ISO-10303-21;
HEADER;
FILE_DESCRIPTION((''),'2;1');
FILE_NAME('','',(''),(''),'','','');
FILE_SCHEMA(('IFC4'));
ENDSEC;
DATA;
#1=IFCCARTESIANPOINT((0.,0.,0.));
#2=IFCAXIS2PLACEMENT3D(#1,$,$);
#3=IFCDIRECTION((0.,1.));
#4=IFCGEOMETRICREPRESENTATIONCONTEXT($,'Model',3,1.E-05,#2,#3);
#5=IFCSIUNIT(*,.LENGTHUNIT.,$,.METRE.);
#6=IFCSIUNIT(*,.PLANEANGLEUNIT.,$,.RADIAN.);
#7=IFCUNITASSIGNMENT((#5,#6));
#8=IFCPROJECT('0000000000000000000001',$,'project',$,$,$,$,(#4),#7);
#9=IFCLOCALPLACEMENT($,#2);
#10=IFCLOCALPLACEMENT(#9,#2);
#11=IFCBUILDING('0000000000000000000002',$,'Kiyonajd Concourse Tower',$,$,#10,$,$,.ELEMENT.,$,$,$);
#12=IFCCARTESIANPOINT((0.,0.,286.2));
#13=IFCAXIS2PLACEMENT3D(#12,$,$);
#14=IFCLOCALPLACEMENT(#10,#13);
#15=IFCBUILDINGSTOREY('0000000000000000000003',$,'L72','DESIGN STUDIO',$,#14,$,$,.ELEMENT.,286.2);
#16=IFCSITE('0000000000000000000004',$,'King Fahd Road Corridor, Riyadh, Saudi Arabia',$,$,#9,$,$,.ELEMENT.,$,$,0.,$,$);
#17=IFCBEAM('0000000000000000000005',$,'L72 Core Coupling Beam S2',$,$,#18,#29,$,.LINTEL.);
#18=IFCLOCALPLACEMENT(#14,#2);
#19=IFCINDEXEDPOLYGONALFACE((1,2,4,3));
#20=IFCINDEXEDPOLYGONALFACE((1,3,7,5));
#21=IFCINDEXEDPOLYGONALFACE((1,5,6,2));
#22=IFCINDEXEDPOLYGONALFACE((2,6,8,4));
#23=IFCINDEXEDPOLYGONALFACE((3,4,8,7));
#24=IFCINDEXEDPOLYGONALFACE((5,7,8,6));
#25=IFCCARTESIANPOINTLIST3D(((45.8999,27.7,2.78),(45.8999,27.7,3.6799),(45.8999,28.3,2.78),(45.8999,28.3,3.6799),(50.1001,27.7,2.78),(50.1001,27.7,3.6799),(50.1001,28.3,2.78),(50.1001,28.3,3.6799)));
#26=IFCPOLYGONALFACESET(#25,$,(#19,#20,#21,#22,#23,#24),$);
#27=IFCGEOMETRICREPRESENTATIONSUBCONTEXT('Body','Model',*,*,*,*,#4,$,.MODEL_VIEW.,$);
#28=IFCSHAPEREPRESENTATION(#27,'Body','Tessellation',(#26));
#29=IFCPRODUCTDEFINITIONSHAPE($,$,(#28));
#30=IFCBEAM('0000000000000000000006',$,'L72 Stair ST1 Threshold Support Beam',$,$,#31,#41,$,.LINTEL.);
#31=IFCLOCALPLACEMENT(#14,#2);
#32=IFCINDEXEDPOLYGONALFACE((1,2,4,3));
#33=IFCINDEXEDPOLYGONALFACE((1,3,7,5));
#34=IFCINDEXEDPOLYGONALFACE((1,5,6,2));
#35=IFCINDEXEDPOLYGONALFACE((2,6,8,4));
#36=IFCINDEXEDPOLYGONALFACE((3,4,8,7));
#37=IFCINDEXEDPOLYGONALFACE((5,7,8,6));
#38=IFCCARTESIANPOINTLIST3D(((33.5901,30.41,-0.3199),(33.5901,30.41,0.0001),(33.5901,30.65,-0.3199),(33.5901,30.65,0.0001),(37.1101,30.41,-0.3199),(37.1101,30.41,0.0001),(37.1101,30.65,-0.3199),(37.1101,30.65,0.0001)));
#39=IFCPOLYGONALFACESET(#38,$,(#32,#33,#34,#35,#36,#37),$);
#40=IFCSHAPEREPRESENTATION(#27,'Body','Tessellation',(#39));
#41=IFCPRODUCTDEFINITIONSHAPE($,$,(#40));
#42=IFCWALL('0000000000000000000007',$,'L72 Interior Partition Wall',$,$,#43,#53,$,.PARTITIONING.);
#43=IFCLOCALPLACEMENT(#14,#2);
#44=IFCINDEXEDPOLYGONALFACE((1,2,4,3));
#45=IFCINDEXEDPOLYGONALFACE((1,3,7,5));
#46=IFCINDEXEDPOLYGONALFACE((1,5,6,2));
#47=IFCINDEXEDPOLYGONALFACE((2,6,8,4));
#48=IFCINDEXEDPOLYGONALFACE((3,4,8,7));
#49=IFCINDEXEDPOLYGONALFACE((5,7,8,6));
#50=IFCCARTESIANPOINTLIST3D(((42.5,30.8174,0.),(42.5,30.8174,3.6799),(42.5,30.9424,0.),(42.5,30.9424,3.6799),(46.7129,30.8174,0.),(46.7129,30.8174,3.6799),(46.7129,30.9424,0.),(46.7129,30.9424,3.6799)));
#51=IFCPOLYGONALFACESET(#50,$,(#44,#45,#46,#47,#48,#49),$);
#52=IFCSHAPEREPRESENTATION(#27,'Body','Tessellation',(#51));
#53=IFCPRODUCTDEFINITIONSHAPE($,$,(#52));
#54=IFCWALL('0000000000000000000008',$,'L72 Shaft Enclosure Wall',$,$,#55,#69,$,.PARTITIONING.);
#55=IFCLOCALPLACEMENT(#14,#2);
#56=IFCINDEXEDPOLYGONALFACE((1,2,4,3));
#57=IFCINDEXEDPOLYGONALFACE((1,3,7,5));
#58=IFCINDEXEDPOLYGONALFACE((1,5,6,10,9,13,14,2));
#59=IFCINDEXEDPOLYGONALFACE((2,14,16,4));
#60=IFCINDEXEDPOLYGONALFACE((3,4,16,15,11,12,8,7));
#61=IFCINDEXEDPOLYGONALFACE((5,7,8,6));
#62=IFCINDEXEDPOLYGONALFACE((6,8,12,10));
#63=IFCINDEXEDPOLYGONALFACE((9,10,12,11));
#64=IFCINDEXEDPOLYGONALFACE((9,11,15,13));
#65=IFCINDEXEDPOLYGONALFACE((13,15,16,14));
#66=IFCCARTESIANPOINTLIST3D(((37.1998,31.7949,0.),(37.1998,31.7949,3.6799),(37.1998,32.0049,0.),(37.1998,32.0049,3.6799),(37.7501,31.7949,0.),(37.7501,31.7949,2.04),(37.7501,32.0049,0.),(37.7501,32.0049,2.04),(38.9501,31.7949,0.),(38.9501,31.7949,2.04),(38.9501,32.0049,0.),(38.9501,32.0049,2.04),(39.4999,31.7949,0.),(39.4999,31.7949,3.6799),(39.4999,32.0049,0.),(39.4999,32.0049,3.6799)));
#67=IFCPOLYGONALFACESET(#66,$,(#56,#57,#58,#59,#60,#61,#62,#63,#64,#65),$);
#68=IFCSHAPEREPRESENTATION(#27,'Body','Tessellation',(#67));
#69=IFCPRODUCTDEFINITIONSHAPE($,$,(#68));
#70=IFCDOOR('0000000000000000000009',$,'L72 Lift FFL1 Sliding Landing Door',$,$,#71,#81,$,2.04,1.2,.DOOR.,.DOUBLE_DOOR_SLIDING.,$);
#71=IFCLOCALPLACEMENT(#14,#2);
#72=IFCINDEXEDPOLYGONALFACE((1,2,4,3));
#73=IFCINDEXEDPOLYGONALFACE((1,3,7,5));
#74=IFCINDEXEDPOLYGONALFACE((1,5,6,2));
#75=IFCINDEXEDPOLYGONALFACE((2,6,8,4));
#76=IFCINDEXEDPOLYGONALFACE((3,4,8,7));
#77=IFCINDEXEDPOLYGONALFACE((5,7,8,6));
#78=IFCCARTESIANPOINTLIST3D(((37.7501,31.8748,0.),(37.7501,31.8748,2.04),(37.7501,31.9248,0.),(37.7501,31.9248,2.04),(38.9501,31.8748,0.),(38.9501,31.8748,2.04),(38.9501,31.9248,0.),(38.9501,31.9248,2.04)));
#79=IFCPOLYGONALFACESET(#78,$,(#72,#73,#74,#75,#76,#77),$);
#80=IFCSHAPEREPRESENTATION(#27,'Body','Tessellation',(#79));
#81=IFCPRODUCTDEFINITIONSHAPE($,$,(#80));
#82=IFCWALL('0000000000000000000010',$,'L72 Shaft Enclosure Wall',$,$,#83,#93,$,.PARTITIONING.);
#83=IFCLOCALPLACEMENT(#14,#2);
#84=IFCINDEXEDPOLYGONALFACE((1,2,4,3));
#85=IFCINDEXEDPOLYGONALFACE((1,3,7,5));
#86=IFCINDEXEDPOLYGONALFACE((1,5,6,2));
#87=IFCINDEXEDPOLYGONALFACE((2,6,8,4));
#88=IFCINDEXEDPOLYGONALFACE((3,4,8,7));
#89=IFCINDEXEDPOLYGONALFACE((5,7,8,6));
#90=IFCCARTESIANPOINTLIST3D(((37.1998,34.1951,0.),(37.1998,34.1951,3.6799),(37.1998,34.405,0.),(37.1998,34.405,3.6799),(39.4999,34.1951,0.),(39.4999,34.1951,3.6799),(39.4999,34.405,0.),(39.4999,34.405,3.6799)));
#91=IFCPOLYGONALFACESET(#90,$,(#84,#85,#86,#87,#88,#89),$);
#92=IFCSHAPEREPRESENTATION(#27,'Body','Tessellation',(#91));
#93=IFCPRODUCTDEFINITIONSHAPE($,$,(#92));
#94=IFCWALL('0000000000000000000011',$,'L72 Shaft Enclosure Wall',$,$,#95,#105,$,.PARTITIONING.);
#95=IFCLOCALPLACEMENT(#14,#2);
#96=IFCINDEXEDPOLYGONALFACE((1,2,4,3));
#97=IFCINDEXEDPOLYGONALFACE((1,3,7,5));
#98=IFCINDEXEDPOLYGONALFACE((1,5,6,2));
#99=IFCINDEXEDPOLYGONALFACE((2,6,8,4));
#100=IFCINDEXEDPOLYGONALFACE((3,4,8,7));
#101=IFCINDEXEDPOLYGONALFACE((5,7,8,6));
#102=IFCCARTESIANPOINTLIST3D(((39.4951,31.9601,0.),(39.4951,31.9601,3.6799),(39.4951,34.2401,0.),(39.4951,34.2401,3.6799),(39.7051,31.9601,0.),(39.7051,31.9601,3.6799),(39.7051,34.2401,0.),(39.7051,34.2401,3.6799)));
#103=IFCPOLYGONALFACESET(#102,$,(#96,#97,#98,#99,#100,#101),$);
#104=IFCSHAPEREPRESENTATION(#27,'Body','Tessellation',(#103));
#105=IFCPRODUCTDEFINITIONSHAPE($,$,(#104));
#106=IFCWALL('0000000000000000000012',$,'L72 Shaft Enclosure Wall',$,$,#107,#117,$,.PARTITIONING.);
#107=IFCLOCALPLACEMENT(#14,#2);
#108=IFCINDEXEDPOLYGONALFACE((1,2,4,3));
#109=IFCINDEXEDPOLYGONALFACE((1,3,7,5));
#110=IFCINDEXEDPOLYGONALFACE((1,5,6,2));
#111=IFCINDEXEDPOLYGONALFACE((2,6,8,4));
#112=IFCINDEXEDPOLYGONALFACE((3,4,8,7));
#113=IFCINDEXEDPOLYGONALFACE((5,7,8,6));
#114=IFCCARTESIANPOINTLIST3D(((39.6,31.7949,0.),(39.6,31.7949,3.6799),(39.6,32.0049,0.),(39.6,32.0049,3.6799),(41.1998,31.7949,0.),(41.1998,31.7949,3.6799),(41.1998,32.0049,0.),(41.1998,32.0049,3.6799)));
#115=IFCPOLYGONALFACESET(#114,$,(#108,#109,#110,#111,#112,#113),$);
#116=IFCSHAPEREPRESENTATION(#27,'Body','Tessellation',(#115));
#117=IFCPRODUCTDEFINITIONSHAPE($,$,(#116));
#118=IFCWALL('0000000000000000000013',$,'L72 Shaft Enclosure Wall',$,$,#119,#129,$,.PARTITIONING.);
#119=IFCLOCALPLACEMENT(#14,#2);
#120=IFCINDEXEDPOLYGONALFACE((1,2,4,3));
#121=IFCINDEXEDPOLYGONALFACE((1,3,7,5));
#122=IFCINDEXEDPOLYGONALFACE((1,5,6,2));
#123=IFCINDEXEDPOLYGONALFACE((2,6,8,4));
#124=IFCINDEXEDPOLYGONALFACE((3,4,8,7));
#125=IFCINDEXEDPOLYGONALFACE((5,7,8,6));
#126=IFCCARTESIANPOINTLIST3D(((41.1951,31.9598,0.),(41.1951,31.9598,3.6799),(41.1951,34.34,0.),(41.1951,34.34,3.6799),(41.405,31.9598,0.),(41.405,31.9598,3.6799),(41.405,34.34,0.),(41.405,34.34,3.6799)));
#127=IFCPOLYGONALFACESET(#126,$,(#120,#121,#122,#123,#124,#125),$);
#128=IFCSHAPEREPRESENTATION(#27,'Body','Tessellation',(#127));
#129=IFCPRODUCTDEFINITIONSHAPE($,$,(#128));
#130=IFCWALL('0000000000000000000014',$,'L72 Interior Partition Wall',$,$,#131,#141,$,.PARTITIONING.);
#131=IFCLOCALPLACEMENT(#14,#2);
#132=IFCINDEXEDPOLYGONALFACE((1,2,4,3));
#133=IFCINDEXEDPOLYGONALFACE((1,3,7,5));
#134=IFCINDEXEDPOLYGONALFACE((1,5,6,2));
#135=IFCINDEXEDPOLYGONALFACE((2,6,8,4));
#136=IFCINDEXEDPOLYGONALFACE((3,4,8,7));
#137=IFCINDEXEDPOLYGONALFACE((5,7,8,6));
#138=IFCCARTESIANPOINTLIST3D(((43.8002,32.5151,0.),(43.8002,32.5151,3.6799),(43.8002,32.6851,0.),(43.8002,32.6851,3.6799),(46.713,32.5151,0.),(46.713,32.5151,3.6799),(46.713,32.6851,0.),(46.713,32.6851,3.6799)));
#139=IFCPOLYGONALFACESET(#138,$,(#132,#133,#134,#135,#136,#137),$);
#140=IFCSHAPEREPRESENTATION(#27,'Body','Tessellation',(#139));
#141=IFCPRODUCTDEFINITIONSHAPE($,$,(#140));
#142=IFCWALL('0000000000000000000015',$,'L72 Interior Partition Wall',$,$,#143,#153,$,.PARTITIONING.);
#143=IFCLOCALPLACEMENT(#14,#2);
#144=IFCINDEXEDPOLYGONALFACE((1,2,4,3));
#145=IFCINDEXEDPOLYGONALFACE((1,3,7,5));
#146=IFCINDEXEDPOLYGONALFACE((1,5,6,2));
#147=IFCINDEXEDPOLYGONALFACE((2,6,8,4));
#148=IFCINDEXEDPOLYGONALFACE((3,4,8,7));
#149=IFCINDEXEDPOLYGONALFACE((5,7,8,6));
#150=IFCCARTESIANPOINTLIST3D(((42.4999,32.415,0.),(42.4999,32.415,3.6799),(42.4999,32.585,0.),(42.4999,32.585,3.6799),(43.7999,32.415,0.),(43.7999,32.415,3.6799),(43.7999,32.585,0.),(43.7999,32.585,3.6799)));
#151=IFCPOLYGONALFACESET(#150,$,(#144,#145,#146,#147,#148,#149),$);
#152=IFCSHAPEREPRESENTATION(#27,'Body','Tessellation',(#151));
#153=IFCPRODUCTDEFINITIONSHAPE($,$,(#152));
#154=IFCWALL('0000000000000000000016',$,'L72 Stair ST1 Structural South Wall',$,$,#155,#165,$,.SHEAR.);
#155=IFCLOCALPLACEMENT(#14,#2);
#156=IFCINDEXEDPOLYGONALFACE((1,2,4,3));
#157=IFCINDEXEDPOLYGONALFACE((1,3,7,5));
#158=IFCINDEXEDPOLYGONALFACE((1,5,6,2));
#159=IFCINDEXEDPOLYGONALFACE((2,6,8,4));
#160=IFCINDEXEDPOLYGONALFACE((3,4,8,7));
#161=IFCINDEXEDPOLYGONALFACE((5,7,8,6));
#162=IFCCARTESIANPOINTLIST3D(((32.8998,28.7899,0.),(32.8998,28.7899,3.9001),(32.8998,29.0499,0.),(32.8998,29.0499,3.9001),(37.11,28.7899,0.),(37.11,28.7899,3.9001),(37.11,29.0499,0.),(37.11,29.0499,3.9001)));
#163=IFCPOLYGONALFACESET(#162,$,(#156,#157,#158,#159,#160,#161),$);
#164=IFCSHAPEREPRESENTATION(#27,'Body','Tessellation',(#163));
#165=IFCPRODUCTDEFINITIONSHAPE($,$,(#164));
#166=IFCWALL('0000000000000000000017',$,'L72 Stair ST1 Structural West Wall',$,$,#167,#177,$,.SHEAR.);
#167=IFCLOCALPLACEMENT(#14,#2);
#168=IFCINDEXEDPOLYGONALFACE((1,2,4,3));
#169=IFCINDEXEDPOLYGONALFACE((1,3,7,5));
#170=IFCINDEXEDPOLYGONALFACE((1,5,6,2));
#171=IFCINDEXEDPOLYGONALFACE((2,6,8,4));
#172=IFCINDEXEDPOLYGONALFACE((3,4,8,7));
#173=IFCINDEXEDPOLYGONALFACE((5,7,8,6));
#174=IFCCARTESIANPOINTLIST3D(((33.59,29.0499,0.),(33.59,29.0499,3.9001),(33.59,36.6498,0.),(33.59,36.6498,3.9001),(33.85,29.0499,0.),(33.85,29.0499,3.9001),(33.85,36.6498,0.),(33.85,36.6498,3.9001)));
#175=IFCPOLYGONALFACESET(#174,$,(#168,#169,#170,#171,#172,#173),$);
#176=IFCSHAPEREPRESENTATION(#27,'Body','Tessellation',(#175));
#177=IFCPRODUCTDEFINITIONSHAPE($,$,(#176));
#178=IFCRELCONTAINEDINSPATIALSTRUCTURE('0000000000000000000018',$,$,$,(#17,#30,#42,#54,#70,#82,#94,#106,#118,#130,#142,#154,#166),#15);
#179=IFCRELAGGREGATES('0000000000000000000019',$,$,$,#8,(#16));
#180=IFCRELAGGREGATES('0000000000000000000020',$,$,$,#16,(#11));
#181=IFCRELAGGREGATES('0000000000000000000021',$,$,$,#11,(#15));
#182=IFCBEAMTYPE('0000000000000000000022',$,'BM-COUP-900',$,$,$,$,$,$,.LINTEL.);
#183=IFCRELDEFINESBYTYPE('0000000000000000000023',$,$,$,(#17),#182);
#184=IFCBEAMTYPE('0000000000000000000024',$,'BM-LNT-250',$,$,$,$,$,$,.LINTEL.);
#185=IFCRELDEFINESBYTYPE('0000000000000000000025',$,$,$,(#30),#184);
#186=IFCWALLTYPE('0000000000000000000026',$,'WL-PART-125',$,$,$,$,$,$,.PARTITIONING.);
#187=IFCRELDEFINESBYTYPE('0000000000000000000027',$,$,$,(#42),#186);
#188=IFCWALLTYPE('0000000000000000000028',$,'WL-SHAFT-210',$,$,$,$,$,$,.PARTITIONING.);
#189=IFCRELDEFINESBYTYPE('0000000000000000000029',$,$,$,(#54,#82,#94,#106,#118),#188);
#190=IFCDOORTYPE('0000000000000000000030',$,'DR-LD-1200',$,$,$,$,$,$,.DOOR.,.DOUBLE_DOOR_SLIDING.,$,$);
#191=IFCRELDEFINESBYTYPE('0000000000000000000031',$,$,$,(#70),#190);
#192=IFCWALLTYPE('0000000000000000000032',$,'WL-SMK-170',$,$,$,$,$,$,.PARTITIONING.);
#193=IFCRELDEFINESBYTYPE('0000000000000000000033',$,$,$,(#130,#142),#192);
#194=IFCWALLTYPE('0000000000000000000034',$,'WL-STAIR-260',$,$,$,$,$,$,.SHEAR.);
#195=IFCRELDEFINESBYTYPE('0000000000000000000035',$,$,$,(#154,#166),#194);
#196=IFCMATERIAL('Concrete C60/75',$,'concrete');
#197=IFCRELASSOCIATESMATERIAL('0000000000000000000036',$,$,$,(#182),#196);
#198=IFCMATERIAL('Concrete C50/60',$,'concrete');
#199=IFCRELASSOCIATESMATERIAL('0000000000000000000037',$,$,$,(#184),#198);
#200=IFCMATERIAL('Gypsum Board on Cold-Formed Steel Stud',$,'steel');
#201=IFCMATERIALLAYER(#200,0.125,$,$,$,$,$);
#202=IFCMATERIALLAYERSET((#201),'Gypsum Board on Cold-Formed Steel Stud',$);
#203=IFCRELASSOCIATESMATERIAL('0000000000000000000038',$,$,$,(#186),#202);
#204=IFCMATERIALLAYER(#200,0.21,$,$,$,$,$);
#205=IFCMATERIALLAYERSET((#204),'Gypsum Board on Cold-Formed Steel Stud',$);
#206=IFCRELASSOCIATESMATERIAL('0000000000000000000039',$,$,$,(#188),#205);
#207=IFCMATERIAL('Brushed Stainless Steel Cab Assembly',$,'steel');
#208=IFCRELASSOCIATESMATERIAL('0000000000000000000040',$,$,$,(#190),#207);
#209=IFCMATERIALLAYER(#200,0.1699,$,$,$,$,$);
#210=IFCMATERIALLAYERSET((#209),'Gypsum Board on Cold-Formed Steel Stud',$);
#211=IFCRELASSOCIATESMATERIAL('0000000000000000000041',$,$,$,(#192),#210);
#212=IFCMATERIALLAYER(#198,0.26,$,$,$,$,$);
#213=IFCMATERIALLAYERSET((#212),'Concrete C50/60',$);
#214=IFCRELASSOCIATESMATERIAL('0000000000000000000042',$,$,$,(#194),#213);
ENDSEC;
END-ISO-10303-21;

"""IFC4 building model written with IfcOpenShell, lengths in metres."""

from ifc_helpers import new_model, si_unit, direction, frame, frame_2d, origin, origin_2d, place, context, subcontext, project, spatial, rectangle, extrude, material, layer, layer_set, material_profile, profile_set, type_object, element, fill, save


model = new_model("IFC4")

# Units and contexts
model_context = context("Model", 3, precision=1e-05, world=origin(), true_north=direction((0.0, 1.0)))
body_context = subcontext(model_context, "Body", "Model", "MODEL_VIEW")
ifc_project = project(units=[si_unit("LENGTHUNIT", "METRE"), si_unit("PLANEANGLEUNIT", "RADIAN")], contexts=[model_context])

# Site, building, storey
site_placement = place(None, origin())
site = spatial("IfcSite", under=ifc_project, at=site_placement, Name="King Fahd Road Corridor, Riyadh, Saudi Arabia", CompositionType="ELEMENT", RefElevation=0.0)
building_placement = place(site_placement, origin())
building = spatial("IfcBuilding", under=site, at=building_placement, Name="Kiyonajd Concourse Tower", CompositionType="ELEMENT")
storey_placement = place(building_placement, frame((0.0, 0.0, 286.2)))
storey = spatial("IfcBuildingStorey", under=building, at=storey_placement, Name="L72", Description="DESIGN STUDIO", CompositionType="ELEMENT", Elevation=286.2)

# Beams
ifc_material_1 = material(Name="Concrete C60/75", Category="concrete")
ifc_material_profile_1 = material_profile(ifc_material_1, rectangle(XDim=0.6001, YDim=0.8999, at=origin_2d()), Name="RCBM-600x900")
ifc_profile_set_1 = profile_set([ifc_material_profile_1], Name="Concrete C60/75")
beam_type_1 = type_object("IfcBeamType", Name="BM-COUP-900", PredefinedType="LINTEL", material=ifc_profile_set_1)
beam_1_placement = place(storey_placement, frame((45.8999, 28.0, 3.23), z_axis=(1.0, 0.0, 0.0), x_axis=(0.0, 1.0, 0.0)))
element("IfcBeam", 1, at=beam_1_placement, inside=storey, type_object=beam_type_1, Name="L72 Core Coupling Beam S2", PredefinedType="LINTEL", context=body_context, shape_type="SweptSolid", body=[
    extrude(rectangle(XDim=0.6001, YDim=0.8999, at=origin_2d()), origin(), (0.0, 0.0, 1.0), 4.2002),
])
ifc_material_2 = material(Name="Concrete C50/60", Category="concrete")
ifc_material_profile_2 = material_profile(ifc_material_2, rectangle(XDim=0.24, YDim=0.3201, at=origin_2d()), Name="RCBM-240x320")
ifc_profile_set_2 = profile_set([ifc_material_profile_2], Name="Concrete C50/60")
beam_type_2 = type_object("IfcBeamType", Name="BM-LNT-250", PredefinedType="LINTEL", material=ifc_profile_set_2)
beam_2_placement = place(storey_placement, frame((33.5901, 30.53, -0.1599), z_axis=(1.0, 0.0, 0.0), x_axis=(0.0, 1.0, 0.0)))
element("IfcBeam", 2, at=beam_2_placement, inside=storey, type_object=beam_type_2, Name="L72 Stair ST1 Threshold Support Beam", PredefinedType="LINTEL", context=body_context, shape_type="SweptSolid", body=[
    extrude(rectangle(XDim=0.24, YDim=0.3201, at=origin_2d()), origin(), (0.0, 0.0, 1.0), 3.52),
])

# Wall
ifc_material_3 = material(Name="Gypsum Board on Cold-Formed Steel Stud", Category="steel")
ifc_layer_1 = layer(ifc_material_3, 0.125)
ifc_layer_set_1 = layer_set([ifc_layer_1], Name="Gypsum Board on Cold-Formed Steel Stud")
wall_type_1 = type_object("IfcWallType", Name="WL-PART-125", PredefinedType="PARTITIONING", material=ifc_layer_set_1)
wall_1_placement = place(storey_placement, frame((42.5, 30.8799, 0.0), z_axis=(0.0, 0.0, 1.0), x_axis=(1.0, 0.0, 0.0)))
element("IfcWall", 3, at=wall_1_placement, inside=storey, type_object=wall_type_1, Name="L72 Interior Partition Wall", PredefinedType="PARTITIONING", context=body_context, shape_type="SweptSolid", body=[
    extrude(rectangle(XDim=4.2129, YDim=0.125, at=frame_2d((2.1064, 0.0))), origin(), (0.0, 0.0, 1.0), 3.6799),
])

# Wall, opening, door
ifc_layer_2 = layer(ifc_material_3, 0.21)
ifc_layer_set_2 = layer_set([ifc_layer_2], Name="Gypsum Board on Cold-Formed Steel Stud")
wall_type_2 = type_object("IfcWallType", Name="WL-SHAFT-210", PredefinedType="PARTITIONING", material=ifc_layer_set_2)
wall_2_placement = place(storey_placement, frame((37.2, 31.8999, 0.0), z_axis=(0.0, 0.0, 1.0), x_axis=(1.0, 0.0, 0.0)))
wall_2 = element("IfcWall", 4, at=wall_2_placement, inside=storey, type_object=wall_type_2, Name="L72 Shaft Enclosure Wall", PredefinedType="PARTITIONING", context=body_context, shape_type="SweptSolid", body=[
    extrude(rectangle(XDim=2.3, YDim=0.21, at=frame_2d((1.1499, 0.0))), origin(), (0.0, 0.0, 1.0), 3.6799),
])
opening_1_placement = place(wall_2_placement, frame((0.55, 0.0, 0.0)))
opening_1 = element("IfcOpeningElement", 5, at=opening_1_placement, cuts=wall_2, PredefinedType="OPENING", context=body_context, shape_type="SweptSolid", body=[
    extrude(rectangle(XDim=1.2, YDim=2.04, at=frame_2d((0.6001, 1.02))), frame((0.0, 0.115, 0.0), z_axis=(0.0, -1.0, 0.0), x_axis=(1.0, 0.0, 0.0)), (0.0, 0.0, 1.0), 0.23),
])
ifc_material_4 = material(Name="Brushed Stainless Steel Cab Assembly", Category="steel")
door_type_1 = type_object("IfcDoorType", Name="DR-LD-1200", OperationType="DOUBLE_DOOR_SLIDING", PredefinedType="DOOR", material=ifc_material_4)
door_1_placement = place(opening_1_placement, origin())
door_1 = element("IfcDoor", 6, at=door_1_placement, inside=storey, type_object=door_type_1, Name="L72 Lift FFL1 Sliding Landing Door", OperationType="DOUBLE_DOOR_SLIDING", OverallHeight=2.04, OverallWidth=1.2, PredefinedType="DOOR", context=body_context, shape_type="SweptSolid", body=[
    extrude(rectangle(XDim=1.2, YDim=2.04, at=frame_2d((0.6001, 1.02))), frame((0.0, 0.0249, 0.0), z_axis=(0.0, -1.0, 0.0), x_axis=(1.0, 0.0, 0.0)), (0.0, 0.0, 1.0), 0.05),
])
fill(opening_1, door_1)

# Walls
wall_3_placement = place(storey_placement, frame((37.2, 34.3, 0.0), z_axis=(0.0, 0.0, 1.0), x_axis=(1.0, 0.0, 0.0)))
element("IfcWall", 7, at=wall_3_placement, inside=storey, type_object=wall_type_2, Name="L72 Shaft Enclosure Wall", PredefinedType="PARTITIONING", context=body_context, shape_type="SweptSolid", body=[
    extrude(rectangle(XDim=2.3, YDim=0.21, at=frame_2d((1.1499, 0.0))), origin(), (0.0, 0.0, 1.0), 3.6799),
])
wall_4_placement = place(storey_placement, frame((39.6001, 31.96, 0.0), z_axis=(0.0, 0.0, 1.0), x_axis=(0.0, 1.0, 0.0)))
element("IfcWall", 8, at=wall_4_placement, inside=storey, type_object=wall_type_2, Name="L72 Shaft Enclosure Wall", PredefinedType="PARTITIONING", context=body_context, shape_type="SweptSolid", body=[
    extrude(rectangle(XDim=2.28, YDim=0.21, at=frame_2d((1.1401, 0.0))), origin(), (0.0, 0.0, 1.0), 3.6799),
])
wall_5_placement = place(storey_placement, frame((39.6001, 31.8999, 0.0), z_axis=(0.0, 0.0, 1.0), x_axis=(1.0, 0.0, 0.0)))
element("IfcWall", 9, at=wall_5_placement, inside=storey, type_object=wall_type_2, Name="L72 Shaft Enclosure Wall", PredefinedType="PARTITIONING", context=body_context, shape_type="SweptSolid", body=[
    extrude(rectangle(XDim=1.5999, YDim=0.21, at=frame_2d((0.7998, 0.0))), origin(), (0.0, 0.0, 1.0), 3.6799),
])
wall_6_placement = place(storey_placement, frame((41.3, 31.96, 0.0), z_axis=(0.0, 0.0, 1.0), x_axis=(0.0, 1.0, 0.0)))
element("IfcWall", 10, at=wall_6_placement, inside=storey, type_object=wall_type_2, Name="L72 Shaft Enclosure Wall", PredefinedType="PARTITIONING", context=body_context, shape_type="SweptSolid", body=[
    extrude(rectangle(XDim=2.3801, YDim=0.21, at=frame_2d((1.1899, 0.0))), origin(), (0.0, 0.0, 1.0), 3.6799),
])
ifc_layer_3 = layer(ifc_material_3, 0.1699)
ifc_layer_set_3 = layer_set([ifc_layer_3], Name="Gypsum Board on Cold-Formed Steel Stud")
wall_type_3 = type_object("IfcWallType", Name="WL-SMK-170", PredefinedType="PARTITIONING", material=ifc_layer_set_3)
wall_7_placement = place(storey_placement, frame((43.8, 32.6001, 0.0), z_axis=(0.0, 0.0, 1.0), x_axis=(1.0, 0.0, 0.0)))
element("IfcWall", 11, at=wall_7_placement, inside=storey, type_object=wall_type_3, Name="L72 Interior Partition Wall", PredefinedType="PARTITIONING", context=body_context, shape_type="SweptSolid", body=[
    extrude(rectangle(XDim=2.9128, YDim=0.1699, at=frame_2d((1.4565, 0.0))), origin(), (0.0, 0.0, 1.0), 3.6799),
])
wall_8_placement = place(storey_placement, frame((42.5, 32.5, 0.0), z_axis=(0.0, 0.0, 1.0), x_axis=(1.0, 0.0, 0.0)))
element("IfcWall", 12, at=wall_8_placement, inside=storey, type_object=wall_type_3, Name="L72 Interior Partition Wall", PredefinedType="PARTITIONING", context=body_context, shape_type="SweptSolid", body=[
    extrude(rectangle(XDim=1.3, YDim=0.1699, at=frame_2d((0.6499, 0.0))), origin(), (0.0, 0.0, 1.0), 3.6799),
])
ifc_layer_4 = layer(ifc_material_2, 0.26)
ifc_layer_set_4 = layer_set([ifc_layer_4], Name="Concrete C50/60")
wall_type_4 = type_object("IfcWallType", Name="WL-STAIR-260", PredefinedType="SHEAR", material=ifc_layer_set_4)
wall_9_placement = place(storey_placement, frame((32.8999, 28.9199, 0.0), z_axis=(0.0, 0.0, 1.0), x_axis=(1.0, 0.0, 0.0)))
element("IfcWall", 13, at=wall_9_placement, inside=storey, type_object=wall_type_4, Name="L72 Stair ST1 Structural South Wall", PredefinedType="SHEAR", context=body_context, shape_type="SweptSolid", body=[
    extrude(rectangle(XDim=4.2102, YDim=0.26, at=frame_2d((2.105, 0.0))), origin(), (0.0, 0.0, 1.0), 3.9001),
])
wall_10_placement = place(storey_placement, frame((33.72, 29.05, 0.0), z_axis=(0.0, 0.0, 1.0), x_axis=(0.0, 1.0, 0.0)))
element("IfcWall", 14, at=wall_10_placement, inside=storey, type_object=wall_type_4, Name="L72 Stair ST1 Structural West Wall", PredefinedType="SHEAR", context=body_context, shape_type="SweptSolid", body=[
    extrude(rectangle(XDim=7.5999, YDim=0.26, at=frame_2d((3.7998, 0.0))), origin(), (0.0, 0.0, 1.0), 3.9001),
])

save(model, "model.ifc")
